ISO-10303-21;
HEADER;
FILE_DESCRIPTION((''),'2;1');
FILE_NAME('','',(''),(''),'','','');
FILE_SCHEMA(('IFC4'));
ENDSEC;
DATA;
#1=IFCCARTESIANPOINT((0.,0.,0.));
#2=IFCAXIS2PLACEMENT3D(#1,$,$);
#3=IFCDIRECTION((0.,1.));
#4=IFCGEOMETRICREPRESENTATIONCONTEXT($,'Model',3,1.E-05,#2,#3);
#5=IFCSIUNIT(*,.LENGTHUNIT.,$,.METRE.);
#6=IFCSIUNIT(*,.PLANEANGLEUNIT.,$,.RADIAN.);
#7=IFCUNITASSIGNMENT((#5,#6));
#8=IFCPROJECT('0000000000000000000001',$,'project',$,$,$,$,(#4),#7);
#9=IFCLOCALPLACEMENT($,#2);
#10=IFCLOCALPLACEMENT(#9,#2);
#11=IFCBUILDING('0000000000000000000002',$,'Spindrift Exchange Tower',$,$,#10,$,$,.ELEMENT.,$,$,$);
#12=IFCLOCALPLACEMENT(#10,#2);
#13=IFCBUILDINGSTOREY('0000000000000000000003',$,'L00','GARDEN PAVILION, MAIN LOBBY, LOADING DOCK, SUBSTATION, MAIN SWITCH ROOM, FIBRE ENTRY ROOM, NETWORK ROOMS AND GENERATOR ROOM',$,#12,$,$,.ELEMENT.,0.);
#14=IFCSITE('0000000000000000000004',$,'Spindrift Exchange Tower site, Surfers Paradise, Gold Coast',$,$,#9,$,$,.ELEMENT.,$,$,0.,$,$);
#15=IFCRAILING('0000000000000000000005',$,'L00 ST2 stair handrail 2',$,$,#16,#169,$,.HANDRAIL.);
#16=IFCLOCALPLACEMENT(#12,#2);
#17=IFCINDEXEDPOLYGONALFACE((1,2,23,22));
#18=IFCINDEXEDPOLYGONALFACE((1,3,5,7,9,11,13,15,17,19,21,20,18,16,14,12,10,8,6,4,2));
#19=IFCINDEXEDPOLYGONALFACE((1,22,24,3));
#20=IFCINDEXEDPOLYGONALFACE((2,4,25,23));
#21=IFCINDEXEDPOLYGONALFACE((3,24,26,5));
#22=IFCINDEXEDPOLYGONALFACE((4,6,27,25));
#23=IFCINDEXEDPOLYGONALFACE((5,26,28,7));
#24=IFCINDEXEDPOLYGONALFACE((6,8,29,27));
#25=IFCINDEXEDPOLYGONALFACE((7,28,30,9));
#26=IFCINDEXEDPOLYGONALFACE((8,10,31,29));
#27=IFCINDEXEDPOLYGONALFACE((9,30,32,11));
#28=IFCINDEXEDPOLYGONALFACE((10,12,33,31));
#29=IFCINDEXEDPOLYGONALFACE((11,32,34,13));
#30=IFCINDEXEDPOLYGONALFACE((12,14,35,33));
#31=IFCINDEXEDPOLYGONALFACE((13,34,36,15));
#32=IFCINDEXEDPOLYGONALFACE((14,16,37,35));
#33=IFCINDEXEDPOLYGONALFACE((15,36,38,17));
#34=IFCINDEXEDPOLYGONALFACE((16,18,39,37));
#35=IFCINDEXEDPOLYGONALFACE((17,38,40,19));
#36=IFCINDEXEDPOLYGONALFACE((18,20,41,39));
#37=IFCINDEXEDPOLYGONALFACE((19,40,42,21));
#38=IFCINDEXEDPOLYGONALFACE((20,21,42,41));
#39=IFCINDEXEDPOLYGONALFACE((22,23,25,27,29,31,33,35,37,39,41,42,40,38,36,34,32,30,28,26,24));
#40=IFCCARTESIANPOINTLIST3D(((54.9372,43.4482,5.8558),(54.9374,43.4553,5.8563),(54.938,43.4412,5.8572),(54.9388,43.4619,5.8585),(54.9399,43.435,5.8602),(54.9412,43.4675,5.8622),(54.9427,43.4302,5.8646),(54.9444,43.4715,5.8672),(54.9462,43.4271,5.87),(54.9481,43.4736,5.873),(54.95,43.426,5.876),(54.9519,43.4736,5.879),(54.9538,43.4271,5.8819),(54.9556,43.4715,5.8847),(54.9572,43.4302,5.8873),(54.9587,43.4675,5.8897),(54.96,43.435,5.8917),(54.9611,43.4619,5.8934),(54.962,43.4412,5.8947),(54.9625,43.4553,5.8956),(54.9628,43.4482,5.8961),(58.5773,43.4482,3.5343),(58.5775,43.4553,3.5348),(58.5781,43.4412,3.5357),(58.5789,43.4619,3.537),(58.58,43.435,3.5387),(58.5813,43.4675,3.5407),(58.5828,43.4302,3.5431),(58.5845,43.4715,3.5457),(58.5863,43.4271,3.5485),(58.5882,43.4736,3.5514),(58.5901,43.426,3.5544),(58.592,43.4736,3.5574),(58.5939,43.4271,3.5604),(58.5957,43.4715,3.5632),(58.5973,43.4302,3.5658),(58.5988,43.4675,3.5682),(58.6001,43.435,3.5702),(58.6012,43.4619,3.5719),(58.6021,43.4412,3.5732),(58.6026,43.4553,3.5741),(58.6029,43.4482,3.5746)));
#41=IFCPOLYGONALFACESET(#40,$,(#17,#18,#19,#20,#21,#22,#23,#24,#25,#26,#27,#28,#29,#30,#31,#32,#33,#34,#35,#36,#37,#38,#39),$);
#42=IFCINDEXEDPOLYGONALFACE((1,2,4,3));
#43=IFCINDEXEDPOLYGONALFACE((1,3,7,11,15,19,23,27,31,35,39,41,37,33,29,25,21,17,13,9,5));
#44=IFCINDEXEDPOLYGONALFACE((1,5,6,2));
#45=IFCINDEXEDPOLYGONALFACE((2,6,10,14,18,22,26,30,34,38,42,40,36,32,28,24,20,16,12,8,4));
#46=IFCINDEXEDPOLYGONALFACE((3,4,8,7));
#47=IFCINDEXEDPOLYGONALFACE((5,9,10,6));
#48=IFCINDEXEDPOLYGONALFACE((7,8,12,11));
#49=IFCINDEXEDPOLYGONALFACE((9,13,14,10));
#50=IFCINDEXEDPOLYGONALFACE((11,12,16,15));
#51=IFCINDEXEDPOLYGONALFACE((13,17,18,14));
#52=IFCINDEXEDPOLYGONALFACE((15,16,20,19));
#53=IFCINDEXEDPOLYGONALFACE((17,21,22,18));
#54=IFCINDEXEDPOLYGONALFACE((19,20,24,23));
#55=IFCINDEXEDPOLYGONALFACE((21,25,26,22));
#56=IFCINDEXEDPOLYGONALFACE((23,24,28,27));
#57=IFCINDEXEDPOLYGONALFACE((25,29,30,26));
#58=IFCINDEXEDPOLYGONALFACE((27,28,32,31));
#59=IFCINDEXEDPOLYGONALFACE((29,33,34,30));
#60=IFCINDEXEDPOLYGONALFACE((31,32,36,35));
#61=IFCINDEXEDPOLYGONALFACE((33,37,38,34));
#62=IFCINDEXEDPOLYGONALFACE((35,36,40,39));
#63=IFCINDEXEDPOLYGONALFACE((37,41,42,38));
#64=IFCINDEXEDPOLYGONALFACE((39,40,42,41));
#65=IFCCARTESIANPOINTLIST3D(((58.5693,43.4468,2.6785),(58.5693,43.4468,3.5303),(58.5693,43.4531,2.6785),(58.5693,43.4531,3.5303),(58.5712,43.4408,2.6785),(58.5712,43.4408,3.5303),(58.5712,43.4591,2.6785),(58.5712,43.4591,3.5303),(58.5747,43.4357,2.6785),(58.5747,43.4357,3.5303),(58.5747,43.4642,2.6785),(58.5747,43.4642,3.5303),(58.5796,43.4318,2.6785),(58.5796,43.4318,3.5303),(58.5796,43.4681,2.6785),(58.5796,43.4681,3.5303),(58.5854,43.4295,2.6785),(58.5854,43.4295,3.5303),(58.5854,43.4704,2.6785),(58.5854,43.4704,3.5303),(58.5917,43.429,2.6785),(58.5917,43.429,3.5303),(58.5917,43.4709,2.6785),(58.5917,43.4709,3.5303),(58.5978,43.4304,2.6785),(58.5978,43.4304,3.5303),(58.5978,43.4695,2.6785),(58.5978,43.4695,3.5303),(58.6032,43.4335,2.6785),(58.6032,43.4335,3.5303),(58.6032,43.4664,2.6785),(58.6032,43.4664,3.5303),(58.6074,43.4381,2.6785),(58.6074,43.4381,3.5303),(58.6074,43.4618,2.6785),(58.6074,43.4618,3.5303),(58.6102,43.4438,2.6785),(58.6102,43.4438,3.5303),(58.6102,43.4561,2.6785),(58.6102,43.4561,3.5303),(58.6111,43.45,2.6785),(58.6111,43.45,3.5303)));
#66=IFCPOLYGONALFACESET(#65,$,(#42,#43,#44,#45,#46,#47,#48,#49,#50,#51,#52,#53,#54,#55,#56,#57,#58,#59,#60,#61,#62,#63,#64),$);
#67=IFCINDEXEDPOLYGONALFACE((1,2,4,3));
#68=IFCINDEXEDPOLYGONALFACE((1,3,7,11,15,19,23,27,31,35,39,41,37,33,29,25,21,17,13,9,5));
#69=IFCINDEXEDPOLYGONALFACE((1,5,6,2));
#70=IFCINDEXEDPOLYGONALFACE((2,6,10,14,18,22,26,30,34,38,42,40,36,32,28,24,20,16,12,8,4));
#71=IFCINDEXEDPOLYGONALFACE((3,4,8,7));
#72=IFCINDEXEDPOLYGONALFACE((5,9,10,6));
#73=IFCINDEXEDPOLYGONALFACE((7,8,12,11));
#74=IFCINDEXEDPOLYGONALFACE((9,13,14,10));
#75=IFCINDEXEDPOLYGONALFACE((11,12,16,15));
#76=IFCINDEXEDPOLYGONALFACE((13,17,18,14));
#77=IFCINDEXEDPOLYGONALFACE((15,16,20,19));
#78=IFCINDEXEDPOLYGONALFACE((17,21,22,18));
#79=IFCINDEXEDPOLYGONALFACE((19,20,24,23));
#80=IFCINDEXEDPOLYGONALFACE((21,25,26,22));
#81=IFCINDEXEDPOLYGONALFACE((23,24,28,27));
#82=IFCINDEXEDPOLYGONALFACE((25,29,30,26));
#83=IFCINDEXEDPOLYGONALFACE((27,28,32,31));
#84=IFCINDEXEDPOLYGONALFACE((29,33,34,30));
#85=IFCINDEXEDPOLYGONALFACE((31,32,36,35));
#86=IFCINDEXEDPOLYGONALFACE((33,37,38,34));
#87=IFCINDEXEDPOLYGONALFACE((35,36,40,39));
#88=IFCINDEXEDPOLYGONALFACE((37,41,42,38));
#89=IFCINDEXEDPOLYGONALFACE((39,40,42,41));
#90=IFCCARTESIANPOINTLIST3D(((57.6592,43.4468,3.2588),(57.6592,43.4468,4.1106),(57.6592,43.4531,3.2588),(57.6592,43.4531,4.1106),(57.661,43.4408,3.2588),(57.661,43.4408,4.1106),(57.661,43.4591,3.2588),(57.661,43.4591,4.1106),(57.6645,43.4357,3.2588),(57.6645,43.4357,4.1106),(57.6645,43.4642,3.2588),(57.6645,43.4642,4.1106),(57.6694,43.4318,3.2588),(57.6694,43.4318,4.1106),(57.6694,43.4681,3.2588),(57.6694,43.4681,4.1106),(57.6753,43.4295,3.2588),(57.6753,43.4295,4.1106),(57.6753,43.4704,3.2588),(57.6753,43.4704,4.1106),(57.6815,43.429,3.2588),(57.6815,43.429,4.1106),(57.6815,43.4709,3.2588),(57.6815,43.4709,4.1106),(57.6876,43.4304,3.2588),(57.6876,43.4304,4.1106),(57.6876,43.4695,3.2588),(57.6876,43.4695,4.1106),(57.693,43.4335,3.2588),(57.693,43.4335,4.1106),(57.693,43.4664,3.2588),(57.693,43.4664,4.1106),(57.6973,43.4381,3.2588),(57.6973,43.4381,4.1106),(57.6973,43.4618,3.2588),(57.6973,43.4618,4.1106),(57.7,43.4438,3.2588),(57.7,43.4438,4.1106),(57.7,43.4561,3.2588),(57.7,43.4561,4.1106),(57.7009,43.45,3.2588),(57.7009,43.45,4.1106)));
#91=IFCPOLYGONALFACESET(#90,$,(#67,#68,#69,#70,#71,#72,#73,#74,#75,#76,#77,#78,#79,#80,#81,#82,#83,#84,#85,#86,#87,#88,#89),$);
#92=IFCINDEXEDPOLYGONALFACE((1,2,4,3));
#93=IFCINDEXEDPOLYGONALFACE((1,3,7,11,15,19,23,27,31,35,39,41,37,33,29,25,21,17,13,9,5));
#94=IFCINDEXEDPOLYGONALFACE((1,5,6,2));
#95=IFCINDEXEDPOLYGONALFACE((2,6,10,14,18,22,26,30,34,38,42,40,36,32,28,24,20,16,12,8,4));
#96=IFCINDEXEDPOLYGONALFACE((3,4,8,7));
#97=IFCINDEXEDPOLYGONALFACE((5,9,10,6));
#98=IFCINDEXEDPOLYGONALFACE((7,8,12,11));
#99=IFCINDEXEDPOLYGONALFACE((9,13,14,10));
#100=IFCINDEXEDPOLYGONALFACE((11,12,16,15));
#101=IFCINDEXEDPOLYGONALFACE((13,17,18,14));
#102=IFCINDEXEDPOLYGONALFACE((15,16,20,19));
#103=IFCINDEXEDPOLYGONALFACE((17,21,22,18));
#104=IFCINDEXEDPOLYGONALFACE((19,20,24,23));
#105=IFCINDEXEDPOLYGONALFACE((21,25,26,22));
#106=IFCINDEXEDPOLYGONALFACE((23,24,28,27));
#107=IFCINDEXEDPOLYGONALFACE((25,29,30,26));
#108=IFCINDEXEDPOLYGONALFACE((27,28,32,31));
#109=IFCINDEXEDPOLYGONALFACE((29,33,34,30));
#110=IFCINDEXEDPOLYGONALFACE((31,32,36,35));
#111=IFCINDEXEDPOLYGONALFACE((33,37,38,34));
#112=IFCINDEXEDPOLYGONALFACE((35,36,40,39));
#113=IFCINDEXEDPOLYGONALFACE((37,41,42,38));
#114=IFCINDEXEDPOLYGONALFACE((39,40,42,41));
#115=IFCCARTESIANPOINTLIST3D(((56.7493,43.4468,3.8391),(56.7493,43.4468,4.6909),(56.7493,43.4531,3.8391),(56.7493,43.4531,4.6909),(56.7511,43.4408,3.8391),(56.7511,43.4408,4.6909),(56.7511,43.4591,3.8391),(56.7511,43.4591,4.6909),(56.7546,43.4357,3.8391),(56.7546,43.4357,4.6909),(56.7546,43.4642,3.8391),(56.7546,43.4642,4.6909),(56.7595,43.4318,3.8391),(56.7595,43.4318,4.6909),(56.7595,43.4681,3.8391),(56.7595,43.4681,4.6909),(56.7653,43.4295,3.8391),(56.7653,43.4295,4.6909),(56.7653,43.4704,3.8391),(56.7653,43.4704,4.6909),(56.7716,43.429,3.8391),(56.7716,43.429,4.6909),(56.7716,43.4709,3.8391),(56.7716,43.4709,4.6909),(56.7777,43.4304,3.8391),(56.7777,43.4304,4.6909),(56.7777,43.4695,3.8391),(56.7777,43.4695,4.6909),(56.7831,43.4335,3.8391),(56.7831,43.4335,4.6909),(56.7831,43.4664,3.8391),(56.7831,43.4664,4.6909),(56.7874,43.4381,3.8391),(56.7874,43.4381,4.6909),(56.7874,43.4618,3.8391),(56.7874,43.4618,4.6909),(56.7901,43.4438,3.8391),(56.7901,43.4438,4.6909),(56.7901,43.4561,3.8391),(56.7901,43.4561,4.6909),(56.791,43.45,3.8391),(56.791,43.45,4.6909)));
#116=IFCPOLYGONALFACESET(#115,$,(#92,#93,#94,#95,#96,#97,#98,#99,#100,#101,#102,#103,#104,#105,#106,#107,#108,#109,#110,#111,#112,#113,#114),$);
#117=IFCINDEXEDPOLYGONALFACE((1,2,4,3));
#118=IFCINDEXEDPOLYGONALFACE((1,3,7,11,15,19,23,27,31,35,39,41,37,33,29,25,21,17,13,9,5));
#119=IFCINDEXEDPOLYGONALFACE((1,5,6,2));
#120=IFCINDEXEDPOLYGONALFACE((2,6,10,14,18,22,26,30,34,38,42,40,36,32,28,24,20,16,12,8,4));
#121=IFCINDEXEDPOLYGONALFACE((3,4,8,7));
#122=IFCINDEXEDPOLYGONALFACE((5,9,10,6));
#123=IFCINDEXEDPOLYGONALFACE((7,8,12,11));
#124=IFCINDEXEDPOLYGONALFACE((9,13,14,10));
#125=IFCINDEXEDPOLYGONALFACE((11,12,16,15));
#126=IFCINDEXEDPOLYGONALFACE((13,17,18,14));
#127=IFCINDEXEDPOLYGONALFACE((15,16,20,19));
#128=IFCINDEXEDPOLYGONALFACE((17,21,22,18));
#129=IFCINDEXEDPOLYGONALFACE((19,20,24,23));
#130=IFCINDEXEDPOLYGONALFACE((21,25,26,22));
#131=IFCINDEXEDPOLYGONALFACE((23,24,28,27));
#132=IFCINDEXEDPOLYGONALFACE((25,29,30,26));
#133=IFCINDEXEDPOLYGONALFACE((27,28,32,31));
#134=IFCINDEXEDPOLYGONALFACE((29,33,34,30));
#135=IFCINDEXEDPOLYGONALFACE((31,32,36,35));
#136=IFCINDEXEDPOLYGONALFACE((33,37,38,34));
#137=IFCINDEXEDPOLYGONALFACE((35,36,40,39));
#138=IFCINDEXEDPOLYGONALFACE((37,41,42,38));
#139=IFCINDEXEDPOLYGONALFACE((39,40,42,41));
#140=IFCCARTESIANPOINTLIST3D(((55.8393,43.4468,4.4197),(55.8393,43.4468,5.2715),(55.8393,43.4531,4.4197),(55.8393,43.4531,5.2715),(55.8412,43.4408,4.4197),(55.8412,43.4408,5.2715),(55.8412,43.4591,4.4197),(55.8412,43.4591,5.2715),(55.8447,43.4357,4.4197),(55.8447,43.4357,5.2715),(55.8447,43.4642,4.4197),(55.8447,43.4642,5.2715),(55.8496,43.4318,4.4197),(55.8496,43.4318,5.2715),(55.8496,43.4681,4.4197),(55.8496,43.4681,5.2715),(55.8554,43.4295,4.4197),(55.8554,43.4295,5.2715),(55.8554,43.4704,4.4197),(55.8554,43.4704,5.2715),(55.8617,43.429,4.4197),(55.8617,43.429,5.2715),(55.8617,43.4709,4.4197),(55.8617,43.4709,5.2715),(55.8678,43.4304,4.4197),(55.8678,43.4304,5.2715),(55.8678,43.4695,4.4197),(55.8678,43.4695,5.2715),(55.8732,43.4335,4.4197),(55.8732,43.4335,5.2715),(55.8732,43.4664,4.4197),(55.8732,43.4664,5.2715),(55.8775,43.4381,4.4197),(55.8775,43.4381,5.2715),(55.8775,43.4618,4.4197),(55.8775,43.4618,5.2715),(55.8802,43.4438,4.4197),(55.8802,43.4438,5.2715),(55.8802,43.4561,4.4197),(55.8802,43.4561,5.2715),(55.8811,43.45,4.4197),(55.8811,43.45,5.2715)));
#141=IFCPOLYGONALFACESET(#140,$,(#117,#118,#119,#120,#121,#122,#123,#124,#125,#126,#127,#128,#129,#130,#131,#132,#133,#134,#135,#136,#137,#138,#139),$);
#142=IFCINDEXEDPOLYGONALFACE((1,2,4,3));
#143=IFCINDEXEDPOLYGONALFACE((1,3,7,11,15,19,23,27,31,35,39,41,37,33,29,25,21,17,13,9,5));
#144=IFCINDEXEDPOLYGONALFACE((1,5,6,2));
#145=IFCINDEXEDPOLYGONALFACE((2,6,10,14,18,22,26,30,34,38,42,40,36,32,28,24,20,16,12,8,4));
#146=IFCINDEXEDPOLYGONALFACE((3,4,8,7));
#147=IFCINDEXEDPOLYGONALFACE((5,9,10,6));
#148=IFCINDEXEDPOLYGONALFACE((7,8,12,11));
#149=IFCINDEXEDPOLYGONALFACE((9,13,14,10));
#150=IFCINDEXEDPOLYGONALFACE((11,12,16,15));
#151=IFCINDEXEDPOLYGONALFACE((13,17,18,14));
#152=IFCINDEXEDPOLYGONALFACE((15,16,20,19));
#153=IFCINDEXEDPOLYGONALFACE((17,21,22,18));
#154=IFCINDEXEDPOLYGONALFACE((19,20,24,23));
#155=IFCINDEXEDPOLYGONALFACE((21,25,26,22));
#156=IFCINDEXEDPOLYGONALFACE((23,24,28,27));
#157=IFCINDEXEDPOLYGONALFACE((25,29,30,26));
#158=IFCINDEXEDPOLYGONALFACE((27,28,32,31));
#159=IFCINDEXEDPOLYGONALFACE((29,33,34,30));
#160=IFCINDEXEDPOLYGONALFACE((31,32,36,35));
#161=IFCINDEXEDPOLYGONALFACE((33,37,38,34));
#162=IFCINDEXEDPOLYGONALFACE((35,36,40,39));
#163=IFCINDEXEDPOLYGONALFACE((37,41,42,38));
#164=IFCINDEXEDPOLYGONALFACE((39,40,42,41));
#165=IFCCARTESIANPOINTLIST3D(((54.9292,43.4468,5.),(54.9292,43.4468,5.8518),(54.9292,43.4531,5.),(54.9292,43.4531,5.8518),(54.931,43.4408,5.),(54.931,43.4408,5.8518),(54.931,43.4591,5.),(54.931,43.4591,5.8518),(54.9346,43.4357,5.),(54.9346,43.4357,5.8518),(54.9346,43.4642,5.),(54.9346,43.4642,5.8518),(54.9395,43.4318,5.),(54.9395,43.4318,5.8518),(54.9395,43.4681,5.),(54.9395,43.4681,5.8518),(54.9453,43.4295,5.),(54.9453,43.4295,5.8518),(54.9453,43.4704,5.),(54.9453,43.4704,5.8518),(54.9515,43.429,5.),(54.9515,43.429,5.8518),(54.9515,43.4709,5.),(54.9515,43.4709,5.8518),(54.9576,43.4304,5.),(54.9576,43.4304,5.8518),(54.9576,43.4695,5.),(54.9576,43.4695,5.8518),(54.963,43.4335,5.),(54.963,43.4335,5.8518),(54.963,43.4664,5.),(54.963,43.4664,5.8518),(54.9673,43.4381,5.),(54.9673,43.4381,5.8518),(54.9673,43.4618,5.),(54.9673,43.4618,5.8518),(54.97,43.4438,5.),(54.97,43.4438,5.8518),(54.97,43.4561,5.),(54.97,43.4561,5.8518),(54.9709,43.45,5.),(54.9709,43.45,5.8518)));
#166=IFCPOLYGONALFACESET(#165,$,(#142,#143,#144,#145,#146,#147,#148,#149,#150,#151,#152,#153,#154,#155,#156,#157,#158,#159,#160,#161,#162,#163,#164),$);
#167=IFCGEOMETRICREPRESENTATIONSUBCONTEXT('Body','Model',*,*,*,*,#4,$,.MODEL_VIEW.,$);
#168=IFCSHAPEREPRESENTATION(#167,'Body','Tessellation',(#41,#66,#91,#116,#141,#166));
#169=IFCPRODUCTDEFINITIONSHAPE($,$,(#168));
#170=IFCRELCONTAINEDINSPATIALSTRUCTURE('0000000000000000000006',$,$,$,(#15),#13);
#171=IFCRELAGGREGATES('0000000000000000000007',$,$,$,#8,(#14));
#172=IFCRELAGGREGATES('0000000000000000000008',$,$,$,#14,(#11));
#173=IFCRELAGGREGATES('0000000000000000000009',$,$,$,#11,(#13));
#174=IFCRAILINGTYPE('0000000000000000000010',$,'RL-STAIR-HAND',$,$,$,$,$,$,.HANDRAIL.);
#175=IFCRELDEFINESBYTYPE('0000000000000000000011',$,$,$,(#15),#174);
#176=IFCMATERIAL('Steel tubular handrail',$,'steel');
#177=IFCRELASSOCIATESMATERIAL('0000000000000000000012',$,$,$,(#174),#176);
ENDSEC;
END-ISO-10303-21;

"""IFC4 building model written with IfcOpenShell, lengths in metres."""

from ifc_helpers import new_model, si_unit, direction, frame, origin, origin_2d, place, context, subcontext, project, spatial, circle, extrude, material, type_object, element, save


model = new_model("IFC4")

# Units and contexts
model_context = context("Model", 3, precision=1e-05, world=origin(), true_north=direction((0.0, 1.0)))
body_context = subcontext(model_context, "Body", "Model", "MODEL_VIEW")
ifc_project = project(units=[si_unit("LENGTHUNIT", "METRE"), si_unit("PLANEANGLEUNIT", "RADIAN")], contexts=[model_context])

# Site, building, storey
site_placement = place(None, origin())
site = spatial("IfcSite", under=ifc_project, at=site_placement, Name="Spindrift Exchange Tower site, Surfers Paradise, Gold Coast", CompositionType="ELEMENT", RefElevation=0.0)
building_placement = place(site_placement, origin())
building = spatial("IfcBuilding", under=site, at=building_placement, Name="Spindrift Exchange Tower", CompositionType="ELEMENT")
storey_placement = place(building_placement, origin())
storey = spatial("IfcBuildingStorey", under=building, at=storey_placement, Name="L00", Description="GARDEN PAVILION, MAIN LOBBY, LOADING DOCK, SUBSTATION, MAIN SWITCH ROOM, FIBRE ENTRY ROOM, NETWORK ROOMS AND GENERATOR ROOM", CompositionType="ELEMENT", Elevation=0.0)

# Railing
ifc_material_1 = material(Name="Steel tubular handrail", Category="steel")
railing_type_1 = type_object("IfcRailingType", Name="RL-STAIR-HAND", PredefinedType="HANDRAIL", material=ifc_material_1)
railing_1_placement = place(storey_placement, frame((58.5901, 43.45, 2.6785)))
element("IfcRailing", 1, at=railing_1_placement, inside=storey, type_object=railing_type_1, Name="L00 ST2 stair handrail 2", PredefinedType="HANDRAIL", context=body_context, shape_type="SweptSolid", body=[
    extrude(circle(Radius=0.0239, at=origin_2d()), frame((0.0, 0.0, 0.876), z_axis=(-0.843128, 0.0, 0.537713), x_axis=(0.0, -1.0, 0.0)), (0.0, 0.0, 1.0), 4.3174),
    extrude(circle(Radius=0.021, at=origin_2d()), origin(), (0.0, 0.0, 1.0), 0.8518),
    extrude(circle(Radius=0.021, at=origin_2d()), frame((-0.9102, 0.0, 0.5803)), (0.0, 0.0, 1.0), 0.8518),
    extrude(circle(Radius=0.021, at=origin_2d()), frame((-1.8201, 0.0, 1.1606)), (0.0, 0.0, 1.0), 0.8518),
    extrude(circle(Radius=0.021, at=origin_2d()), frame((-2.73, 0.0, 1.7412)), (0.0, 0.0, 1.0), 0.8518),
    extrude(circle(Radius=0.021, at=origin_2d()), frame((-3.6401, 0.0, 2.3215)), (0.0, 0.0, 1.0), 0.8518),
])

save(model, "model.ifc")
